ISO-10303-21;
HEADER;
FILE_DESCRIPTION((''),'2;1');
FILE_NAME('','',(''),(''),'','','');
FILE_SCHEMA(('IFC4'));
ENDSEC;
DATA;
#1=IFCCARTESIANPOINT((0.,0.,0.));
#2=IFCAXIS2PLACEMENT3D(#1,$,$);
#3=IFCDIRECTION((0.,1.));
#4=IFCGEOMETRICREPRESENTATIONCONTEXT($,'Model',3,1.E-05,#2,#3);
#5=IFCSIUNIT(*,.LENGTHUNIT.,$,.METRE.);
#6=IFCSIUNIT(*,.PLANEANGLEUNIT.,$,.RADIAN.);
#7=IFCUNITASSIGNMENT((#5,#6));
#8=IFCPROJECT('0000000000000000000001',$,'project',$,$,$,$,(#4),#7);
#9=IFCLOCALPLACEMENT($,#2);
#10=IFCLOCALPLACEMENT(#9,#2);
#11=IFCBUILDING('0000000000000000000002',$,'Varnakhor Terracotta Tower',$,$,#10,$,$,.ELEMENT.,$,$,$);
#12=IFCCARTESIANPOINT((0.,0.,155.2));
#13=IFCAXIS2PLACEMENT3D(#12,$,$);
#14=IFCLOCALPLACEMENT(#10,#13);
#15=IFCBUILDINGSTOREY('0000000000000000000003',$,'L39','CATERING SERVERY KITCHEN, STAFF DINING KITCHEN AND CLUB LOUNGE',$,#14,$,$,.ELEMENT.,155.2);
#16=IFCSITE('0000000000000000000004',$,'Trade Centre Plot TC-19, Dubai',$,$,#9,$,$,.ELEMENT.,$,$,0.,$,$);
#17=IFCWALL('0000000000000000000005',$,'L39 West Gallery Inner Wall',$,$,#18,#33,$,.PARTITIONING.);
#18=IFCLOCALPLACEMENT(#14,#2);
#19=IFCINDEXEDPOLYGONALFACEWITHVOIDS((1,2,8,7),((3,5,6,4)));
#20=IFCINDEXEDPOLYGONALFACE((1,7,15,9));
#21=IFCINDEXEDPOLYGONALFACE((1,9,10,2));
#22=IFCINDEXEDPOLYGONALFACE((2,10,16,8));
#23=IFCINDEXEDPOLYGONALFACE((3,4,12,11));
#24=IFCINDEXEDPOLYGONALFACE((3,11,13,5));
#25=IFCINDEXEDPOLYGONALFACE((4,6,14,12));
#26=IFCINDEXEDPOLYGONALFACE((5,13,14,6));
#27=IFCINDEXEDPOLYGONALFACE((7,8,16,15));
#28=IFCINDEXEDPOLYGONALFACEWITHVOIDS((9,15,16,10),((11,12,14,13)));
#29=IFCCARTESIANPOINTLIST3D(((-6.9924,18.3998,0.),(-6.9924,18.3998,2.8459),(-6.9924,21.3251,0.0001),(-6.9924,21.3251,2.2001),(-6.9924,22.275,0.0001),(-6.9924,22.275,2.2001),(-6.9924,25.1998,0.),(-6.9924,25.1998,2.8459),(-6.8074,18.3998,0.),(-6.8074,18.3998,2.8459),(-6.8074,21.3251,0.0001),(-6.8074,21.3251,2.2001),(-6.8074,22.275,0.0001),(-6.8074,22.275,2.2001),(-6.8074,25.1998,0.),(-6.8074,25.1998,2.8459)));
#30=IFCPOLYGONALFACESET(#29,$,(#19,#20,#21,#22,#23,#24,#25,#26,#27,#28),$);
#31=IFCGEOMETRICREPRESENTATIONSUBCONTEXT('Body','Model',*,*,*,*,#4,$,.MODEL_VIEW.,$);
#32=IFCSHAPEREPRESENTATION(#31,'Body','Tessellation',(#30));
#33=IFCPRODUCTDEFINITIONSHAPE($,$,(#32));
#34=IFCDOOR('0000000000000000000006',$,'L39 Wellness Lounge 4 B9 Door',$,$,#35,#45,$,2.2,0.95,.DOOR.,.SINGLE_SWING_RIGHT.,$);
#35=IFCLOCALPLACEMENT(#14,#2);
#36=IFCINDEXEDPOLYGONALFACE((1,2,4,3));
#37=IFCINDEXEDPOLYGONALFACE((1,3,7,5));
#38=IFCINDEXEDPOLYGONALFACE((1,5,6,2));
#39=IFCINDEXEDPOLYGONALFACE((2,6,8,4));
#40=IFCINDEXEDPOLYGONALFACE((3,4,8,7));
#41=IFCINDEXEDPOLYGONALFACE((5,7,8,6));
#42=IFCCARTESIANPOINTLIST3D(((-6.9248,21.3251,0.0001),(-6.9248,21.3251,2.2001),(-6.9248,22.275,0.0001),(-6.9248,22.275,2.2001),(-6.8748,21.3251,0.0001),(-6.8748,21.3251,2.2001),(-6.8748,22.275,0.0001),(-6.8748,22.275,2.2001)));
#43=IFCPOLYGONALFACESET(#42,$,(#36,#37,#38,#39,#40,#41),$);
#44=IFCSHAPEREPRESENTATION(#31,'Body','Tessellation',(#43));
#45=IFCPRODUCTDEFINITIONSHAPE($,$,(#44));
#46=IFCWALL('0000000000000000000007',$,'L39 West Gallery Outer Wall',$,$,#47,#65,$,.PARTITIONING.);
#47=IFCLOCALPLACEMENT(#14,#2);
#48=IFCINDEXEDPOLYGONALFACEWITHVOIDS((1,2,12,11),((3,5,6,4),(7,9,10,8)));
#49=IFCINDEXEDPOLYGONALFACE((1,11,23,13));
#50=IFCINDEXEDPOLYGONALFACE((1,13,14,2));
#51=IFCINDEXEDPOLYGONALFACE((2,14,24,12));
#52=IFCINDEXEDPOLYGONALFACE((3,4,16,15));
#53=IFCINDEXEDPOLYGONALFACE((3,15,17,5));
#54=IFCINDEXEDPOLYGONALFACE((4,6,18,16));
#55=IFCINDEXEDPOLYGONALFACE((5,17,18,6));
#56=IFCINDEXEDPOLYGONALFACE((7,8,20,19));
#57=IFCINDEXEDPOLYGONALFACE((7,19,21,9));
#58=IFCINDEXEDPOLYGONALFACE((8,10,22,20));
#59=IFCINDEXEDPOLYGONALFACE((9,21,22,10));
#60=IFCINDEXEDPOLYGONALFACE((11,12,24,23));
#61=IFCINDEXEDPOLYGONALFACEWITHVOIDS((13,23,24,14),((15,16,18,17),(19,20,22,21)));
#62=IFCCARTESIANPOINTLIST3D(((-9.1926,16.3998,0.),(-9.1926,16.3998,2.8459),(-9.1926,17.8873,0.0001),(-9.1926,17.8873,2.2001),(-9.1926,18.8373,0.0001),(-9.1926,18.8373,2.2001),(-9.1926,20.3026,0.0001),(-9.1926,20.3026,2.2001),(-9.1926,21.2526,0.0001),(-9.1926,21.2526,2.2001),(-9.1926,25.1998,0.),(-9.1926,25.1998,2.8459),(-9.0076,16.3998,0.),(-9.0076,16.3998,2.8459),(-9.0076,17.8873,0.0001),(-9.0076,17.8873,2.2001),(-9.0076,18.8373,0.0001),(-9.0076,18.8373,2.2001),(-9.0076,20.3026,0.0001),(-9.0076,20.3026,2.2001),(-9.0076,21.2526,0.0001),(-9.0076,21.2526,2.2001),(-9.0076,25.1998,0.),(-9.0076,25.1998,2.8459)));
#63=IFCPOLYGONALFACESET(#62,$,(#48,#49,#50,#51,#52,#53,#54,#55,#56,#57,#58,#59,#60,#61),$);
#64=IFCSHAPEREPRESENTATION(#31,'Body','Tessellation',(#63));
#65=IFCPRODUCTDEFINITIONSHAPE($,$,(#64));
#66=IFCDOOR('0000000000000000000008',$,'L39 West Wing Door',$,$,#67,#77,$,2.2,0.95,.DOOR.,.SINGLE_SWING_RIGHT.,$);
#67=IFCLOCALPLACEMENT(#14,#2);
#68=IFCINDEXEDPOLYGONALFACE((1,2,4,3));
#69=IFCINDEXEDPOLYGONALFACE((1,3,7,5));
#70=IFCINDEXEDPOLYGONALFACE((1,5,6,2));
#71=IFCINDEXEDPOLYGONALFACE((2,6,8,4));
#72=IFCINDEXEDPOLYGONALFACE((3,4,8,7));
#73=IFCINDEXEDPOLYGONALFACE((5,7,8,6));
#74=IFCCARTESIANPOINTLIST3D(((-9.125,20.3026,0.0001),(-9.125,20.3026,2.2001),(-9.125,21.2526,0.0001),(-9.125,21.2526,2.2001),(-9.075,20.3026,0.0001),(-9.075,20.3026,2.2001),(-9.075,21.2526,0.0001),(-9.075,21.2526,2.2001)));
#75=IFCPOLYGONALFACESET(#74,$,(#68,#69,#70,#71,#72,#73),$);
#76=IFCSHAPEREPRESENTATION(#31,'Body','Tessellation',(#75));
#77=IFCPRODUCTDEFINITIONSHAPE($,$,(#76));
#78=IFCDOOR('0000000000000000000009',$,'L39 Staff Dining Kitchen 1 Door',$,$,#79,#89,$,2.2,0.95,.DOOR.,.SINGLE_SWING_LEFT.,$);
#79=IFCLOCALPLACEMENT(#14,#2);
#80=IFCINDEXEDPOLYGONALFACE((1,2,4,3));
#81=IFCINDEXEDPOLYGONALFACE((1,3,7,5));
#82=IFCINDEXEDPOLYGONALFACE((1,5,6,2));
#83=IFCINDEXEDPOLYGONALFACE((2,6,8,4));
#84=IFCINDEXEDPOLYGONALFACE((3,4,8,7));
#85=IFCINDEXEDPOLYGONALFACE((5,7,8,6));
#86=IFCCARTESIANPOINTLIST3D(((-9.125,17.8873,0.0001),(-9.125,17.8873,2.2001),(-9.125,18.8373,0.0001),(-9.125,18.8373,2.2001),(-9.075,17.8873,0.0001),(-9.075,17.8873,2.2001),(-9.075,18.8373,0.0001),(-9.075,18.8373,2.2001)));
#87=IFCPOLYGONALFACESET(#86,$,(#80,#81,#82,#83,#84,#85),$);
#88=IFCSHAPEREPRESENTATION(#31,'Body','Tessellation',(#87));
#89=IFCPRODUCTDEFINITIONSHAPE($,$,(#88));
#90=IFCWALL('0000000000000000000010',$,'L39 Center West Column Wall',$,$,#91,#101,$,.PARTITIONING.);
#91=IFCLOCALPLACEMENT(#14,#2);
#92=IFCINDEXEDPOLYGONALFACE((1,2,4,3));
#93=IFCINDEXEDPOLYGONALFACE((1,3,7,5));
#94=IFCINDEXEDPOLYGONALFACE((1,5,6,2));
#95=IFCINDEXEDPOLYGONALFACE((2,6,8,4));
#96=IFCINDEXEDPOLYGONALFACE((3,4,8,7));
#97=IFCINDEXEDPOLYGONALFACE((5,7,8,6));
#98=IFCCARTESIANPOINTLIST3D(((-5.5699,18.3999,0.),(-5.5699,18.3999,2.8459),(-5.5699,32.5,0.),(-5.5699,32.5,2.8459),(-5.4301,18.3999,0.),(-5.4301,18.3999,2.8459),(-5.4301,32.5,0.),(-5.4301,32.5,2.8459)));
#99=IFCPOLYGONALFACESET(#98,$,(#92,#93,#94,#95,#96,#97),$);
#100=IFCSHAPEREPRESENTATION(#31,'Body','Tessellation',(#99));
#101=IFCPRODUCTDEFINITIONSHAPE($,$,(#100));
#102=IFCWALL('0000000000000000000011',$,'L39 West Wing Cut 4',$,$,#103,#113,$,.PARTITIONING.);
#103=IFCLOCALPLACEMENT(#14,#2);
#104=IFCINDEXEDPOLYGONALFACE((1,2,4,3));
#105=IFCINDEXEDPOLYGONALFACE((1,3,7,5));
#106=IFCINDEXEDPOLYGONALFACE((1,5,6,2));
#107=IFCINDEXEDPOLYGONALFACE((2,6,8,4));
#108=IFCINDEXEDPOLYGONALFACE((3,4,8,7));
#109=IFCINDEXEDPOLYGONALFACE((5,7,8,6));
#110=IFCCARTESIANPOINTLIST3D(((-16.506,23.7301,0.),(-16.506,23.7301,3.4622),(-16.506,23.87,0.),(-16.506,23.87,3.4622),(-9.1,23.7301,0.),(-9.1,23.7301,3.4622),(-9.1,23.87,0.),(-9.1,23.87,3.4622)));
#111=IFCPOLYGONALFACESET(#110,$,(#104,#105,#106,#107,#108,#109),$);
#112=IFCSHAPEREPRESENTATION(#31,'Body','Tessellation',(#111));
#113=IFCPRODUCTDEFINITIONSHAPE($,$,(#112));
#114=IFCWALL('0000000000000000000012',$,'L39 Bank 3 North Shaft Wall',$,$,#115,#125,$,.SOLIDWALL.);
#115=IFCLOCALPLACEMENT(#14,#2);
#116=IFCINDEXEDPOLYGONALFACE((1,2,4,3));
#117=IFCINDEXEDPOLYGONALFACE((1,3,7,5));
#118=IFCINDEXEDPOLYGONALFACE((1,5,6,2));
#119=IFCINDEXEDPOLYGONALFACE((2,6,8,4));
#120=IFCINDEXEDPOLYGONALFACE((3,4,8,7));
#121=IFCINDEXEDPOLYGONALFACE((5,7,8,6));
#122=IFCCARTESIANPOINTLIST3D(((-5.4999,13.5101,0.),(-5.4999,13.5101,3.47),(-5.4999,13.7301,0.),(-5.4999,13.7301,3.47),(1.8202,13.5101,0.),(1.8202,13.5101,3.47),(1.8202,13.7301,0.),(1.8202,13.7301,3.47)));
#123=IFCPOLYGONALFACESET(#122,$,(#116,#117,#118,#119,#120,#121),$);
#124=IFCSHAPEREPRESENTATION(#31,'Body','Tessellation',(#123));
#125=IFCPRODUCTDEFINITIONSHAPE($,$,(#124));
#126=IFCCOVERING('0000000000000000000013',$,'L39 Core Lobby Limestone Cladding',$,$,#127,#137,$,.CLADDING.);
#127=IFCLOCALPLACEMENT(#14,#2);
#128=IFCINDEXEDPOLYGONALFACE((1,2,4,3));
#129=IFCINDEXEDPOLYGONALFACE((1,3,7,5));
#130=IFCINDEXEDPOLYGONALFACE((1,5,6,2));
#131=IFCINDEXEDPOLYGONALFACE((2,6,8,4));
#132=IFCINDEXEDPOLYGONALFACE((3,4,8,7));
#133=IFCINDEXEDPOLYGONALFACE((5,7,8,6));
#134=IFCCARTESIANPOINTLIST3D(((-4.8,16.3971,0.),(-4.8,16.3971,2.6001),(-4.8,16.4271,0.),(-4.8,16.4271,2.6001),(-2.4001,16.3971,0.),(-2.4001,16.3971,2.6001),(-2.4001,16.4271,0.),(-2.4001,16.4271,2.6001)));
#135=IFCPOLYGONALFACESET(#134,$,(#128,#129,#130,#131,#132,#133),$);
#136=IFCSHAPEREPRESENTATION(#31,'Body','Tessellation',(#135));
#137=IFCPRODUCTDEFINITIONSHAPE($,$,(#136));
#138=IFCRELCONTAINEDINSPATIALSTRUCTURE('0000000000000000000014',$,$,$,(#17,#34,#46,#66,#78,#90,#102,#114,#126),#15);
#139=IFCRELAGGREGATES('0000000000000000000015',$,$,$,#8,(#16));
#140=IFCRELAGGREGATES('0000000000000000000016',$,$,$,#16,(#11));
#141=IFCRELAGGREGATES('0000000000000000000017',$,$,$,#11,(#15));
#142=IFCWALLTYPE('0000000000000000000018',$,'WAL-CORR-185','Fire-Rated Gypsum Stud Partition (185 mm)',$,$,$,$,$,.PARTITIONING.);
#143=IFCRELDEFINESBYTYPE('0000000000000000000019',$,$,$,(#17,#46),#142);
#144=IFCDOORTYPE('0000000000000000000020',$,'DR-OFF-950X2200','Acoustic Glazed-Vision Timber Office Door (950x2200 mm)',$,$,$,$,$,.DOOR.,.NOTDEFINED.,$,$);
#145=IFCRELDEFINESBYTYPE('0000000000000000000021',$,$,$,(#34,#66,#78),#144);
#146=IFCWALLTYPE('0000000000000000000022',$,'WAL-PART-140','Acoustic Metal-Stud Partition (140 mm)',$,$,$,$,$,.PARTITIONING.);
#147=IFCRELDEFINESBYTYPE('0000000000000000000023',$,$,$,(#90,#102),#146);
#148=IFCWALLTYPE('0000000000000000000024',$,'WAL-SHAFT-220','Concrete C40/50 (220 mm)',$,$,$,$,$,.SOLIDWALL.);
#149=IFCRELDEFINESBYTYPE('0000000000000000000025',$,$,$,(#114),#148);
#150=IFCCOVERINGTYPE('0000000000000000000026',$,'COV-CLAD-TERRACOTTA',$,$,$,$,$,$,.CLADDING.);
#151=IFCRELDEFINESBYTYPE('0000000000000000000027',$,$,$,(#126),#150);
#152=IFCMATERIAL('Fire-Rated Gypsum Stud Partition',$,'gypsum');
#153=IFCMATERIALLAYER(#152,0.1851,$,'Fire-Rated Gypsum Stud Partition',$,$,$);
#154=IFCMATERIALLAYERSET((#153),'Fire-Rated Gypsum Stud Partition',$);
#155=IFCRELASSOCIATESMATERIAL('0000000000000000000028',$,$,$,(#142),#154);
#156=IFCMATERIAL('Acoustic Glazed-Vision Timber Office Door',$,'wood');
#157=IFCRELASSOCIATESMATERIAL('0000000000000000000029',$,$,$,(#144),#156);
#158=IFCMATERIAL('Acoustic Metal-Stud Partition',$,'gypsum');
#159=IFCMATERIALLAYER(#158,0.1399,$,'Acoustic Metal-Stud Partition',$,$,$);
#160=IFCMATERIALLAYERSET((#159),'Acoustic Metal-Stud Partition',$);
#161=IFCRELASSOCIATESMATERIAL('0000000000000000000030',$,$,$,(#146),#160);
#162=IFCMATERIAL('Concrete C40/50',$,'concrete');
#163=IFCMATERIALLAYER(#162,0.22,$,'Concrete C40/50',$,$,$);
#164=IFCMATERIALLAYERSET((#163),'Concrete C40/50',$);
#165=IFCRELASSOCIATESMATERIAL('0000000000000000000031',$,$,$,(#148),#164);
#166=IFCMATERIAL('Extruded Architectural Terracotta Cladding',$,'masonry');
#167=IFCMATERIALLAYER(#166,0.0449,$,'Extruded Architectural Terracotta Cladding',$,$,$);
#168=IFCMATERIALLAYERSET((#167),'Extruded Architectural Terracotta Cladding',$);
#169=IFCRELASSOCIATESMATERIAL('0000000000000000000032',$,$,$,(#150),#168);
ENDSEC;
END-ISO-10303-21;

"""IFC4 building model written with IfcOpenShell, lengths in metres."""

from ifc_helpers import new_model, si_unit, direction, frame, frame_2d, origin, origin_2d, place, context, subcontext, project, spatial, rectangle, extrude, source, transform, mapped, material, layer, layer_set, type_object, type_shapes, element, fill, save


model = new_model("IFC4")

# Units and contexts
model_context = context("Model", 3, precision=1e-05, world=origin(), true_north=direction((0.0, 1.0)))
body_context = subcontext(model_context, "Body", "Model", "MODEL_VIEW")
ifc_project = project(units=[si_unit("LENGTHUNIT", "METRE"), si_unit("PLANEANGLEUNIT", "RADIAN")], contexts=[model_context])

# Site, building, storey
site_placement = place(None, origin())
site = spatial("IfcSite", under=ifc_project, at=site_placement, Name="Trade Centre Plot TC-19, Dubai", CompositionType="ELEMENT", RefElevation=0.0)
building_placement = place(site_placement, origin())
building = spatial("IfcBuilding", under=site, at=building_placement, Name="Varnakhor Terracotta Tower", CompositionType="ELEMENT")
storey_placement = place(building_placement, frame((0.0, 0.0, 155.2)))
storey = spatial("IfcBuildingStorey", under=building, at=storey_placement, Name="L39", Description="CATERING SERVERY KITCHEN, STAFF DINING KITCHEN AND CLUB LOUNGE", CompositionType="ELEMENT", Elevation=155.2)

# Wall, opening, door
ifc_material_1 = material(Name="Fire-Rated Gypsum Stud Partition", Category="gypsum")
ifc_layer_1 = layer(ifc_material_1, 0.1851, Name="Fire-Rated Gypsum Stud Partition")
ifc_layer_set_1 = layer_set([ifc_layer_1], Name="Fire-Rated Gypsum Stud Partition")
wall_type_1 = type_object("IfcWallType", Name="WAL-CORR-185", Description="Fire-Rated Gypsum Stud Partition (185 mm)", PredefinedType="PARTITIONING", material=ifc_layer_set_1)
ifc_material_2 = material(Name="Acoustic Glazed-Vision Timber Office Door", Category="wood")
door_type_1 = type_object("IfcDoorType", Name="DR-OFF-950X2200", Description="Acoustic Glazed-Vision Timber Office Door (950x2200 mm)", OperationType="NOTDEFINED", PredefinedType="DOOR", material=ifc_material_2)
shared_shape_1 = source(origin(), body_context, "Body", "SweptSolid", [
    extrude(rectangle(XDim=0.95, YDim=2.2, at=frame_2d((0.4751, 1.1001))), frame((0.0, 0.0249, 0.0), z_axis=(0.0, -1.0, 0.0), x_axis=(1.0, 0.0, 0.0)), (0.0, 0.0, 1.0), 0.05),
])
type_shapes(door_type_1, [shared_shape_1])
wall_1_placement = place(storey_placement, frame((-6.8999, 18.3999, 0.0), z_axis=(0.0, 0.0, 1.0), x_axis=(0.0, 1.0, 0.0)))
wall_1 = element("IfcWall", 1, at=wall_1_placement, inside=storey, type_object=wall_type_1, Name="L39 West Gallery Inner Wall", PredefinedType="PARTITIONING", context=body_context, shape_type="SweptSolid", body=[
    extrude(rectangle(XDim=6.8, YDim=0.1851, at=frame_2d((3.3999, 0.0))), origin(), (0.0, 0.0, 1.0), 2.8459),
])
opening_1_placement = place(wall_1_placement, frame((2.925, 0.0, 0.0)))
opening_1 = element("IfcOpeningElement", 2, at=opening_1_placement, cuts=wall_1, PredefinedType="OPENING", context=body_context, shape_type="SweptSolid", body=[
    extrude(rectangle(XDim=0.95, YDim=2.2, at=frame_2d((0.4751, 1.1001))), frame((0.0, 0.1025, 0.0), z_axis=(0.0, -1.0, 0.0), x_axis=(1.0, 0.0, 0.0)), (0.0, 0.0, 1.0), 0.2051),
])
door_1_placement = place(opening_1_placement, origin())
door_1 = element("IfcDoor", 3, at=door_1_placement, inside=storey, type_object=door_type_1, Name="L39 Wellness Lounge 4 B9 Door", OperationType="SINGLE_SWING_RIGHT", OverallHeight=2.2, OverallWidth=0.95, PredefinedType="DOOR", context=body_context, shape_type="MappedRepresentation", body=[
    mapped(shared_shape_1, transform((0.0, 0.0, 0.0), scale=1.0)),
])
fill(opening_1, door_1)

# Wall, openings, doors
wall_2_placement = place(storey_placement, frame((-9.1001, 16.3999, 0.0), z_axis=(0.0, 0.0, 1.0), x_axis=(0.0, 1.0, 0.0)))
wall_2 = element("IfcWall", 4, at=wall_2_placement, inside=storey, type_object=wall_type_1, Name="L39 West Gallery Outer Wall", PredefinedType="PARTITIONING", context=body_context, shape_type="SweptSolid", body=[
    extrude(rectangle(XDim=8.8, YDim=0.1851, at=frame_2d((4.3999, 0.0))), origin(), (0.0, 0.0, 1.0), 2.8459),
])
opening_2_placement = place(wall_2_placement, frame((3.9026, 0.0, 0.0)))
opening_2 = element("IfcOpeningElement", 5, at=opening_2_placement, cuts=wall_2, PredefinedType="OPENING", context=body_context, shape_type="SweptSolid", body=[
    extrude(rectangle(XDim=0.95, YDim=2.2, at=frame_2d((0.4751, 1.1001))), frame((0.0, 0.1025, 0.0), z_axis=(0.0, -1.0, 0.0), x_axis=(1.0, 0.0, 0.0)), (0.0, 0.0, 1.0), 0.2051),
])
opening_3_placement = place(wall_2_placement, frame((1.4873, 0.0, 0.0)))
opening_3 = element("IfcOpeningElement", 6, at=opening_3_placement, cuts=wall_2, PredefinedType="OPENING", context=body_context, shape_type="SweptSolid", body=[
    extrude(rectangle(XDim=0.95, YDim=2.2, at=frame_2d((0.4751, 1.1001))), frame((0.0, 0.1025, 0.0), z_axis=(0.0, -1.0, 0.0), x_axis=(1.0, 0.0, 0.0)), (0.0, 0.0, 1.0), 0.2051),
])
door_2_placement = place(opening_2_placement, origin())
door_2 = element("IfcDoor", 7, at=door_2_placement, inside=storey, type_object=door_type_1, Name="L39 West Wing Door", OperationType="SINGLE_SWING_RIGHT", OverallHeight=2.2, OverallWidth=0.95, PredefinedType="DOOR", context=body_context, shape_type="MappedRepresentation", body=[
    mapped(shared_shape_1, transform((0.0, 0.0, 0.0), scale=1.0)),
])
fill(opening_2, door_2)
door_3_placement = place(opening_3_placement, origin())
door_3 = element("IfcDoor", 8, at=door_3_placement, inside=storey, type_object=door_type_1, Name="L39 Staff Dining Kitchen 1 Door", OperationType="SINGLE_SWING_LEFT", OverallHeight=2.2, OverallWidth=0.95, PredefinedType="DOOR", context=body_context, shape_type="MappedRepresentation", body=[
    mapped(shared_shape_1, transform((0.0, 0.0, 0.0), scale=1.0)),
])
fill(opening_3, door_3)

# Walls
ifc_material_3 = material(Name="Acoustic Metal-Stud Partition", Category="gypsum")
ifc_layer_2 = layer(ifc_material_3, 0.1399, Name="Acoustic Metal-Stud Partition")
ifc_layer_set_2 = layer_set([ifc_layer_2], Name="Acoustic Metal-Stud Partition")
wall_type_2 = type_object("IfcWallType", Name="WAL-PART-140", Description="Acoustic Metal-Stud Partition (140 mm)", PredefinedType="PARTITIONING", material=ifc_layer_set_2)
wall_3_placement = place(storey_placement, frame((-5.5, 18.3999, 0.0), z_axis=(0.0, 0.0, 1.0), x_axis=(0.0, 1.0, 0.0)))
element("IfcWall", 9, at=wall_3_placement, inside=storey, type_object=wall_type_2, Name="L39 Center West Column Wall", PredefinedType="PARTITIONING", context=body_context, shape_type="SweptSolid", body=[
    extrude(rectangle(XDim=14.1001, YDim=0.1399, at=frame_2d((7.05, 0.0))), origin(), (0.0, 0.0, 1.0), 2.8459),
])
wall_4_placement = place(storey_placement, frame((-16.5061, 23.8, 0.0), z_axis=(0.0, 0.0, 1.0), x_axis=(1.0, 0.0, 0.0)))
element("IfcWall", 10, at=wall_4_placement, inside=storey, type_object=wall_type_2, Name="L39 West Wing Cut 4", PredefinedType="PARTITIONING", context=body_context, shape_type="SweptSolid", body=[
    extrude(rectangle(XDim=7.406, YDim=0.1399, at=frame_2d((3.7031, 0.0))), origin(), (0.0, 0.0, 1.0), 3.4622),
])
ifc_material_4 = material(Name="Concrete C40/50", Category="concrete")
ifc_layer_3 = layer(ifc_material_4, 0.22, Name="Concrete C40/50")
ifc_layer_set_3 = layer_set([ifc_layer_3], Name="Concrete C40/50")
wall_type_3 = type_object("IfcWallType", Name="WAL-SHAFT-220", Description="Concrete C40/50 (220 mm)", PredefinedType="SOLIDWALL", material=ifc_layer_set_3)
wall_5_placement = place(storey_placement, frame((-5.5, 13.6201, 0.0), z_axis=(0.0, 0.0, 1.0), x_axis=(1.0, 0.0, 0.0)))
element("IfcWall", 11, at=wall_5_placement, inside=storey, type_object=wall_type_3, Name="L39 Bank 3 North Shaft Wall", PredefinedType="SOLIDWALL", context=body_context, shape_type="SweptSolid", body=[
    extrude(rectangle(XDim=7.3201, YDim=0.22, at=frame_2d((3.6602, 0.0))), origin(), (0.0, 0.0, 1.0), 3.47),
])

# Covering
ifc_material_5 = material(Name="Extruded Architectural Terracotta Cladding", Category="masonry")
ifc_layer_4 = layer(ifc_material_5, 0.0449, Name="Extruded Architectural Terracotta Cladding")
ifc_layer_set_4 = layer_set([ifc_layer_4], Name="Extruded Architectural Terracotta Cladding")
covering_type = type_object("IfcCoveringType", Name="COV-CLAD-TERRACOTTA", PredefinedType="CLADDING", material=ifc_layer_set_4)
shared_shape_2 = source(origin(), body_context, "Body", "SweptSolid", [
    extrude(rectangle(XDim=2.3999, YDim=0.03, at=origin_2d()), origin(), (0.0, 0.0, 1.0), 2.6001),
])
type_shapes(covering_type, [shared_shape_2])
covering_placement = place(storey_placement, frame((-3.6001, 16.4121, 0.0), z_axis=(0.0, 0.0, 1.0), x_axis=(1.0, 0.0, 0.0)))
element("IfcCovering", 12, at=covering_placement, inside=storey, type_object=covering_type, Name="L39 Core Lobby Limestone Cladding", PredefinedType="CLADDING", context=body_context, shape_type="MappedRepresentation", body=[
    mapped(shared_shape_2, transform((0.0, 0.0, 0.0), scale=1.0)),
])

save(model, "model.ifc")
